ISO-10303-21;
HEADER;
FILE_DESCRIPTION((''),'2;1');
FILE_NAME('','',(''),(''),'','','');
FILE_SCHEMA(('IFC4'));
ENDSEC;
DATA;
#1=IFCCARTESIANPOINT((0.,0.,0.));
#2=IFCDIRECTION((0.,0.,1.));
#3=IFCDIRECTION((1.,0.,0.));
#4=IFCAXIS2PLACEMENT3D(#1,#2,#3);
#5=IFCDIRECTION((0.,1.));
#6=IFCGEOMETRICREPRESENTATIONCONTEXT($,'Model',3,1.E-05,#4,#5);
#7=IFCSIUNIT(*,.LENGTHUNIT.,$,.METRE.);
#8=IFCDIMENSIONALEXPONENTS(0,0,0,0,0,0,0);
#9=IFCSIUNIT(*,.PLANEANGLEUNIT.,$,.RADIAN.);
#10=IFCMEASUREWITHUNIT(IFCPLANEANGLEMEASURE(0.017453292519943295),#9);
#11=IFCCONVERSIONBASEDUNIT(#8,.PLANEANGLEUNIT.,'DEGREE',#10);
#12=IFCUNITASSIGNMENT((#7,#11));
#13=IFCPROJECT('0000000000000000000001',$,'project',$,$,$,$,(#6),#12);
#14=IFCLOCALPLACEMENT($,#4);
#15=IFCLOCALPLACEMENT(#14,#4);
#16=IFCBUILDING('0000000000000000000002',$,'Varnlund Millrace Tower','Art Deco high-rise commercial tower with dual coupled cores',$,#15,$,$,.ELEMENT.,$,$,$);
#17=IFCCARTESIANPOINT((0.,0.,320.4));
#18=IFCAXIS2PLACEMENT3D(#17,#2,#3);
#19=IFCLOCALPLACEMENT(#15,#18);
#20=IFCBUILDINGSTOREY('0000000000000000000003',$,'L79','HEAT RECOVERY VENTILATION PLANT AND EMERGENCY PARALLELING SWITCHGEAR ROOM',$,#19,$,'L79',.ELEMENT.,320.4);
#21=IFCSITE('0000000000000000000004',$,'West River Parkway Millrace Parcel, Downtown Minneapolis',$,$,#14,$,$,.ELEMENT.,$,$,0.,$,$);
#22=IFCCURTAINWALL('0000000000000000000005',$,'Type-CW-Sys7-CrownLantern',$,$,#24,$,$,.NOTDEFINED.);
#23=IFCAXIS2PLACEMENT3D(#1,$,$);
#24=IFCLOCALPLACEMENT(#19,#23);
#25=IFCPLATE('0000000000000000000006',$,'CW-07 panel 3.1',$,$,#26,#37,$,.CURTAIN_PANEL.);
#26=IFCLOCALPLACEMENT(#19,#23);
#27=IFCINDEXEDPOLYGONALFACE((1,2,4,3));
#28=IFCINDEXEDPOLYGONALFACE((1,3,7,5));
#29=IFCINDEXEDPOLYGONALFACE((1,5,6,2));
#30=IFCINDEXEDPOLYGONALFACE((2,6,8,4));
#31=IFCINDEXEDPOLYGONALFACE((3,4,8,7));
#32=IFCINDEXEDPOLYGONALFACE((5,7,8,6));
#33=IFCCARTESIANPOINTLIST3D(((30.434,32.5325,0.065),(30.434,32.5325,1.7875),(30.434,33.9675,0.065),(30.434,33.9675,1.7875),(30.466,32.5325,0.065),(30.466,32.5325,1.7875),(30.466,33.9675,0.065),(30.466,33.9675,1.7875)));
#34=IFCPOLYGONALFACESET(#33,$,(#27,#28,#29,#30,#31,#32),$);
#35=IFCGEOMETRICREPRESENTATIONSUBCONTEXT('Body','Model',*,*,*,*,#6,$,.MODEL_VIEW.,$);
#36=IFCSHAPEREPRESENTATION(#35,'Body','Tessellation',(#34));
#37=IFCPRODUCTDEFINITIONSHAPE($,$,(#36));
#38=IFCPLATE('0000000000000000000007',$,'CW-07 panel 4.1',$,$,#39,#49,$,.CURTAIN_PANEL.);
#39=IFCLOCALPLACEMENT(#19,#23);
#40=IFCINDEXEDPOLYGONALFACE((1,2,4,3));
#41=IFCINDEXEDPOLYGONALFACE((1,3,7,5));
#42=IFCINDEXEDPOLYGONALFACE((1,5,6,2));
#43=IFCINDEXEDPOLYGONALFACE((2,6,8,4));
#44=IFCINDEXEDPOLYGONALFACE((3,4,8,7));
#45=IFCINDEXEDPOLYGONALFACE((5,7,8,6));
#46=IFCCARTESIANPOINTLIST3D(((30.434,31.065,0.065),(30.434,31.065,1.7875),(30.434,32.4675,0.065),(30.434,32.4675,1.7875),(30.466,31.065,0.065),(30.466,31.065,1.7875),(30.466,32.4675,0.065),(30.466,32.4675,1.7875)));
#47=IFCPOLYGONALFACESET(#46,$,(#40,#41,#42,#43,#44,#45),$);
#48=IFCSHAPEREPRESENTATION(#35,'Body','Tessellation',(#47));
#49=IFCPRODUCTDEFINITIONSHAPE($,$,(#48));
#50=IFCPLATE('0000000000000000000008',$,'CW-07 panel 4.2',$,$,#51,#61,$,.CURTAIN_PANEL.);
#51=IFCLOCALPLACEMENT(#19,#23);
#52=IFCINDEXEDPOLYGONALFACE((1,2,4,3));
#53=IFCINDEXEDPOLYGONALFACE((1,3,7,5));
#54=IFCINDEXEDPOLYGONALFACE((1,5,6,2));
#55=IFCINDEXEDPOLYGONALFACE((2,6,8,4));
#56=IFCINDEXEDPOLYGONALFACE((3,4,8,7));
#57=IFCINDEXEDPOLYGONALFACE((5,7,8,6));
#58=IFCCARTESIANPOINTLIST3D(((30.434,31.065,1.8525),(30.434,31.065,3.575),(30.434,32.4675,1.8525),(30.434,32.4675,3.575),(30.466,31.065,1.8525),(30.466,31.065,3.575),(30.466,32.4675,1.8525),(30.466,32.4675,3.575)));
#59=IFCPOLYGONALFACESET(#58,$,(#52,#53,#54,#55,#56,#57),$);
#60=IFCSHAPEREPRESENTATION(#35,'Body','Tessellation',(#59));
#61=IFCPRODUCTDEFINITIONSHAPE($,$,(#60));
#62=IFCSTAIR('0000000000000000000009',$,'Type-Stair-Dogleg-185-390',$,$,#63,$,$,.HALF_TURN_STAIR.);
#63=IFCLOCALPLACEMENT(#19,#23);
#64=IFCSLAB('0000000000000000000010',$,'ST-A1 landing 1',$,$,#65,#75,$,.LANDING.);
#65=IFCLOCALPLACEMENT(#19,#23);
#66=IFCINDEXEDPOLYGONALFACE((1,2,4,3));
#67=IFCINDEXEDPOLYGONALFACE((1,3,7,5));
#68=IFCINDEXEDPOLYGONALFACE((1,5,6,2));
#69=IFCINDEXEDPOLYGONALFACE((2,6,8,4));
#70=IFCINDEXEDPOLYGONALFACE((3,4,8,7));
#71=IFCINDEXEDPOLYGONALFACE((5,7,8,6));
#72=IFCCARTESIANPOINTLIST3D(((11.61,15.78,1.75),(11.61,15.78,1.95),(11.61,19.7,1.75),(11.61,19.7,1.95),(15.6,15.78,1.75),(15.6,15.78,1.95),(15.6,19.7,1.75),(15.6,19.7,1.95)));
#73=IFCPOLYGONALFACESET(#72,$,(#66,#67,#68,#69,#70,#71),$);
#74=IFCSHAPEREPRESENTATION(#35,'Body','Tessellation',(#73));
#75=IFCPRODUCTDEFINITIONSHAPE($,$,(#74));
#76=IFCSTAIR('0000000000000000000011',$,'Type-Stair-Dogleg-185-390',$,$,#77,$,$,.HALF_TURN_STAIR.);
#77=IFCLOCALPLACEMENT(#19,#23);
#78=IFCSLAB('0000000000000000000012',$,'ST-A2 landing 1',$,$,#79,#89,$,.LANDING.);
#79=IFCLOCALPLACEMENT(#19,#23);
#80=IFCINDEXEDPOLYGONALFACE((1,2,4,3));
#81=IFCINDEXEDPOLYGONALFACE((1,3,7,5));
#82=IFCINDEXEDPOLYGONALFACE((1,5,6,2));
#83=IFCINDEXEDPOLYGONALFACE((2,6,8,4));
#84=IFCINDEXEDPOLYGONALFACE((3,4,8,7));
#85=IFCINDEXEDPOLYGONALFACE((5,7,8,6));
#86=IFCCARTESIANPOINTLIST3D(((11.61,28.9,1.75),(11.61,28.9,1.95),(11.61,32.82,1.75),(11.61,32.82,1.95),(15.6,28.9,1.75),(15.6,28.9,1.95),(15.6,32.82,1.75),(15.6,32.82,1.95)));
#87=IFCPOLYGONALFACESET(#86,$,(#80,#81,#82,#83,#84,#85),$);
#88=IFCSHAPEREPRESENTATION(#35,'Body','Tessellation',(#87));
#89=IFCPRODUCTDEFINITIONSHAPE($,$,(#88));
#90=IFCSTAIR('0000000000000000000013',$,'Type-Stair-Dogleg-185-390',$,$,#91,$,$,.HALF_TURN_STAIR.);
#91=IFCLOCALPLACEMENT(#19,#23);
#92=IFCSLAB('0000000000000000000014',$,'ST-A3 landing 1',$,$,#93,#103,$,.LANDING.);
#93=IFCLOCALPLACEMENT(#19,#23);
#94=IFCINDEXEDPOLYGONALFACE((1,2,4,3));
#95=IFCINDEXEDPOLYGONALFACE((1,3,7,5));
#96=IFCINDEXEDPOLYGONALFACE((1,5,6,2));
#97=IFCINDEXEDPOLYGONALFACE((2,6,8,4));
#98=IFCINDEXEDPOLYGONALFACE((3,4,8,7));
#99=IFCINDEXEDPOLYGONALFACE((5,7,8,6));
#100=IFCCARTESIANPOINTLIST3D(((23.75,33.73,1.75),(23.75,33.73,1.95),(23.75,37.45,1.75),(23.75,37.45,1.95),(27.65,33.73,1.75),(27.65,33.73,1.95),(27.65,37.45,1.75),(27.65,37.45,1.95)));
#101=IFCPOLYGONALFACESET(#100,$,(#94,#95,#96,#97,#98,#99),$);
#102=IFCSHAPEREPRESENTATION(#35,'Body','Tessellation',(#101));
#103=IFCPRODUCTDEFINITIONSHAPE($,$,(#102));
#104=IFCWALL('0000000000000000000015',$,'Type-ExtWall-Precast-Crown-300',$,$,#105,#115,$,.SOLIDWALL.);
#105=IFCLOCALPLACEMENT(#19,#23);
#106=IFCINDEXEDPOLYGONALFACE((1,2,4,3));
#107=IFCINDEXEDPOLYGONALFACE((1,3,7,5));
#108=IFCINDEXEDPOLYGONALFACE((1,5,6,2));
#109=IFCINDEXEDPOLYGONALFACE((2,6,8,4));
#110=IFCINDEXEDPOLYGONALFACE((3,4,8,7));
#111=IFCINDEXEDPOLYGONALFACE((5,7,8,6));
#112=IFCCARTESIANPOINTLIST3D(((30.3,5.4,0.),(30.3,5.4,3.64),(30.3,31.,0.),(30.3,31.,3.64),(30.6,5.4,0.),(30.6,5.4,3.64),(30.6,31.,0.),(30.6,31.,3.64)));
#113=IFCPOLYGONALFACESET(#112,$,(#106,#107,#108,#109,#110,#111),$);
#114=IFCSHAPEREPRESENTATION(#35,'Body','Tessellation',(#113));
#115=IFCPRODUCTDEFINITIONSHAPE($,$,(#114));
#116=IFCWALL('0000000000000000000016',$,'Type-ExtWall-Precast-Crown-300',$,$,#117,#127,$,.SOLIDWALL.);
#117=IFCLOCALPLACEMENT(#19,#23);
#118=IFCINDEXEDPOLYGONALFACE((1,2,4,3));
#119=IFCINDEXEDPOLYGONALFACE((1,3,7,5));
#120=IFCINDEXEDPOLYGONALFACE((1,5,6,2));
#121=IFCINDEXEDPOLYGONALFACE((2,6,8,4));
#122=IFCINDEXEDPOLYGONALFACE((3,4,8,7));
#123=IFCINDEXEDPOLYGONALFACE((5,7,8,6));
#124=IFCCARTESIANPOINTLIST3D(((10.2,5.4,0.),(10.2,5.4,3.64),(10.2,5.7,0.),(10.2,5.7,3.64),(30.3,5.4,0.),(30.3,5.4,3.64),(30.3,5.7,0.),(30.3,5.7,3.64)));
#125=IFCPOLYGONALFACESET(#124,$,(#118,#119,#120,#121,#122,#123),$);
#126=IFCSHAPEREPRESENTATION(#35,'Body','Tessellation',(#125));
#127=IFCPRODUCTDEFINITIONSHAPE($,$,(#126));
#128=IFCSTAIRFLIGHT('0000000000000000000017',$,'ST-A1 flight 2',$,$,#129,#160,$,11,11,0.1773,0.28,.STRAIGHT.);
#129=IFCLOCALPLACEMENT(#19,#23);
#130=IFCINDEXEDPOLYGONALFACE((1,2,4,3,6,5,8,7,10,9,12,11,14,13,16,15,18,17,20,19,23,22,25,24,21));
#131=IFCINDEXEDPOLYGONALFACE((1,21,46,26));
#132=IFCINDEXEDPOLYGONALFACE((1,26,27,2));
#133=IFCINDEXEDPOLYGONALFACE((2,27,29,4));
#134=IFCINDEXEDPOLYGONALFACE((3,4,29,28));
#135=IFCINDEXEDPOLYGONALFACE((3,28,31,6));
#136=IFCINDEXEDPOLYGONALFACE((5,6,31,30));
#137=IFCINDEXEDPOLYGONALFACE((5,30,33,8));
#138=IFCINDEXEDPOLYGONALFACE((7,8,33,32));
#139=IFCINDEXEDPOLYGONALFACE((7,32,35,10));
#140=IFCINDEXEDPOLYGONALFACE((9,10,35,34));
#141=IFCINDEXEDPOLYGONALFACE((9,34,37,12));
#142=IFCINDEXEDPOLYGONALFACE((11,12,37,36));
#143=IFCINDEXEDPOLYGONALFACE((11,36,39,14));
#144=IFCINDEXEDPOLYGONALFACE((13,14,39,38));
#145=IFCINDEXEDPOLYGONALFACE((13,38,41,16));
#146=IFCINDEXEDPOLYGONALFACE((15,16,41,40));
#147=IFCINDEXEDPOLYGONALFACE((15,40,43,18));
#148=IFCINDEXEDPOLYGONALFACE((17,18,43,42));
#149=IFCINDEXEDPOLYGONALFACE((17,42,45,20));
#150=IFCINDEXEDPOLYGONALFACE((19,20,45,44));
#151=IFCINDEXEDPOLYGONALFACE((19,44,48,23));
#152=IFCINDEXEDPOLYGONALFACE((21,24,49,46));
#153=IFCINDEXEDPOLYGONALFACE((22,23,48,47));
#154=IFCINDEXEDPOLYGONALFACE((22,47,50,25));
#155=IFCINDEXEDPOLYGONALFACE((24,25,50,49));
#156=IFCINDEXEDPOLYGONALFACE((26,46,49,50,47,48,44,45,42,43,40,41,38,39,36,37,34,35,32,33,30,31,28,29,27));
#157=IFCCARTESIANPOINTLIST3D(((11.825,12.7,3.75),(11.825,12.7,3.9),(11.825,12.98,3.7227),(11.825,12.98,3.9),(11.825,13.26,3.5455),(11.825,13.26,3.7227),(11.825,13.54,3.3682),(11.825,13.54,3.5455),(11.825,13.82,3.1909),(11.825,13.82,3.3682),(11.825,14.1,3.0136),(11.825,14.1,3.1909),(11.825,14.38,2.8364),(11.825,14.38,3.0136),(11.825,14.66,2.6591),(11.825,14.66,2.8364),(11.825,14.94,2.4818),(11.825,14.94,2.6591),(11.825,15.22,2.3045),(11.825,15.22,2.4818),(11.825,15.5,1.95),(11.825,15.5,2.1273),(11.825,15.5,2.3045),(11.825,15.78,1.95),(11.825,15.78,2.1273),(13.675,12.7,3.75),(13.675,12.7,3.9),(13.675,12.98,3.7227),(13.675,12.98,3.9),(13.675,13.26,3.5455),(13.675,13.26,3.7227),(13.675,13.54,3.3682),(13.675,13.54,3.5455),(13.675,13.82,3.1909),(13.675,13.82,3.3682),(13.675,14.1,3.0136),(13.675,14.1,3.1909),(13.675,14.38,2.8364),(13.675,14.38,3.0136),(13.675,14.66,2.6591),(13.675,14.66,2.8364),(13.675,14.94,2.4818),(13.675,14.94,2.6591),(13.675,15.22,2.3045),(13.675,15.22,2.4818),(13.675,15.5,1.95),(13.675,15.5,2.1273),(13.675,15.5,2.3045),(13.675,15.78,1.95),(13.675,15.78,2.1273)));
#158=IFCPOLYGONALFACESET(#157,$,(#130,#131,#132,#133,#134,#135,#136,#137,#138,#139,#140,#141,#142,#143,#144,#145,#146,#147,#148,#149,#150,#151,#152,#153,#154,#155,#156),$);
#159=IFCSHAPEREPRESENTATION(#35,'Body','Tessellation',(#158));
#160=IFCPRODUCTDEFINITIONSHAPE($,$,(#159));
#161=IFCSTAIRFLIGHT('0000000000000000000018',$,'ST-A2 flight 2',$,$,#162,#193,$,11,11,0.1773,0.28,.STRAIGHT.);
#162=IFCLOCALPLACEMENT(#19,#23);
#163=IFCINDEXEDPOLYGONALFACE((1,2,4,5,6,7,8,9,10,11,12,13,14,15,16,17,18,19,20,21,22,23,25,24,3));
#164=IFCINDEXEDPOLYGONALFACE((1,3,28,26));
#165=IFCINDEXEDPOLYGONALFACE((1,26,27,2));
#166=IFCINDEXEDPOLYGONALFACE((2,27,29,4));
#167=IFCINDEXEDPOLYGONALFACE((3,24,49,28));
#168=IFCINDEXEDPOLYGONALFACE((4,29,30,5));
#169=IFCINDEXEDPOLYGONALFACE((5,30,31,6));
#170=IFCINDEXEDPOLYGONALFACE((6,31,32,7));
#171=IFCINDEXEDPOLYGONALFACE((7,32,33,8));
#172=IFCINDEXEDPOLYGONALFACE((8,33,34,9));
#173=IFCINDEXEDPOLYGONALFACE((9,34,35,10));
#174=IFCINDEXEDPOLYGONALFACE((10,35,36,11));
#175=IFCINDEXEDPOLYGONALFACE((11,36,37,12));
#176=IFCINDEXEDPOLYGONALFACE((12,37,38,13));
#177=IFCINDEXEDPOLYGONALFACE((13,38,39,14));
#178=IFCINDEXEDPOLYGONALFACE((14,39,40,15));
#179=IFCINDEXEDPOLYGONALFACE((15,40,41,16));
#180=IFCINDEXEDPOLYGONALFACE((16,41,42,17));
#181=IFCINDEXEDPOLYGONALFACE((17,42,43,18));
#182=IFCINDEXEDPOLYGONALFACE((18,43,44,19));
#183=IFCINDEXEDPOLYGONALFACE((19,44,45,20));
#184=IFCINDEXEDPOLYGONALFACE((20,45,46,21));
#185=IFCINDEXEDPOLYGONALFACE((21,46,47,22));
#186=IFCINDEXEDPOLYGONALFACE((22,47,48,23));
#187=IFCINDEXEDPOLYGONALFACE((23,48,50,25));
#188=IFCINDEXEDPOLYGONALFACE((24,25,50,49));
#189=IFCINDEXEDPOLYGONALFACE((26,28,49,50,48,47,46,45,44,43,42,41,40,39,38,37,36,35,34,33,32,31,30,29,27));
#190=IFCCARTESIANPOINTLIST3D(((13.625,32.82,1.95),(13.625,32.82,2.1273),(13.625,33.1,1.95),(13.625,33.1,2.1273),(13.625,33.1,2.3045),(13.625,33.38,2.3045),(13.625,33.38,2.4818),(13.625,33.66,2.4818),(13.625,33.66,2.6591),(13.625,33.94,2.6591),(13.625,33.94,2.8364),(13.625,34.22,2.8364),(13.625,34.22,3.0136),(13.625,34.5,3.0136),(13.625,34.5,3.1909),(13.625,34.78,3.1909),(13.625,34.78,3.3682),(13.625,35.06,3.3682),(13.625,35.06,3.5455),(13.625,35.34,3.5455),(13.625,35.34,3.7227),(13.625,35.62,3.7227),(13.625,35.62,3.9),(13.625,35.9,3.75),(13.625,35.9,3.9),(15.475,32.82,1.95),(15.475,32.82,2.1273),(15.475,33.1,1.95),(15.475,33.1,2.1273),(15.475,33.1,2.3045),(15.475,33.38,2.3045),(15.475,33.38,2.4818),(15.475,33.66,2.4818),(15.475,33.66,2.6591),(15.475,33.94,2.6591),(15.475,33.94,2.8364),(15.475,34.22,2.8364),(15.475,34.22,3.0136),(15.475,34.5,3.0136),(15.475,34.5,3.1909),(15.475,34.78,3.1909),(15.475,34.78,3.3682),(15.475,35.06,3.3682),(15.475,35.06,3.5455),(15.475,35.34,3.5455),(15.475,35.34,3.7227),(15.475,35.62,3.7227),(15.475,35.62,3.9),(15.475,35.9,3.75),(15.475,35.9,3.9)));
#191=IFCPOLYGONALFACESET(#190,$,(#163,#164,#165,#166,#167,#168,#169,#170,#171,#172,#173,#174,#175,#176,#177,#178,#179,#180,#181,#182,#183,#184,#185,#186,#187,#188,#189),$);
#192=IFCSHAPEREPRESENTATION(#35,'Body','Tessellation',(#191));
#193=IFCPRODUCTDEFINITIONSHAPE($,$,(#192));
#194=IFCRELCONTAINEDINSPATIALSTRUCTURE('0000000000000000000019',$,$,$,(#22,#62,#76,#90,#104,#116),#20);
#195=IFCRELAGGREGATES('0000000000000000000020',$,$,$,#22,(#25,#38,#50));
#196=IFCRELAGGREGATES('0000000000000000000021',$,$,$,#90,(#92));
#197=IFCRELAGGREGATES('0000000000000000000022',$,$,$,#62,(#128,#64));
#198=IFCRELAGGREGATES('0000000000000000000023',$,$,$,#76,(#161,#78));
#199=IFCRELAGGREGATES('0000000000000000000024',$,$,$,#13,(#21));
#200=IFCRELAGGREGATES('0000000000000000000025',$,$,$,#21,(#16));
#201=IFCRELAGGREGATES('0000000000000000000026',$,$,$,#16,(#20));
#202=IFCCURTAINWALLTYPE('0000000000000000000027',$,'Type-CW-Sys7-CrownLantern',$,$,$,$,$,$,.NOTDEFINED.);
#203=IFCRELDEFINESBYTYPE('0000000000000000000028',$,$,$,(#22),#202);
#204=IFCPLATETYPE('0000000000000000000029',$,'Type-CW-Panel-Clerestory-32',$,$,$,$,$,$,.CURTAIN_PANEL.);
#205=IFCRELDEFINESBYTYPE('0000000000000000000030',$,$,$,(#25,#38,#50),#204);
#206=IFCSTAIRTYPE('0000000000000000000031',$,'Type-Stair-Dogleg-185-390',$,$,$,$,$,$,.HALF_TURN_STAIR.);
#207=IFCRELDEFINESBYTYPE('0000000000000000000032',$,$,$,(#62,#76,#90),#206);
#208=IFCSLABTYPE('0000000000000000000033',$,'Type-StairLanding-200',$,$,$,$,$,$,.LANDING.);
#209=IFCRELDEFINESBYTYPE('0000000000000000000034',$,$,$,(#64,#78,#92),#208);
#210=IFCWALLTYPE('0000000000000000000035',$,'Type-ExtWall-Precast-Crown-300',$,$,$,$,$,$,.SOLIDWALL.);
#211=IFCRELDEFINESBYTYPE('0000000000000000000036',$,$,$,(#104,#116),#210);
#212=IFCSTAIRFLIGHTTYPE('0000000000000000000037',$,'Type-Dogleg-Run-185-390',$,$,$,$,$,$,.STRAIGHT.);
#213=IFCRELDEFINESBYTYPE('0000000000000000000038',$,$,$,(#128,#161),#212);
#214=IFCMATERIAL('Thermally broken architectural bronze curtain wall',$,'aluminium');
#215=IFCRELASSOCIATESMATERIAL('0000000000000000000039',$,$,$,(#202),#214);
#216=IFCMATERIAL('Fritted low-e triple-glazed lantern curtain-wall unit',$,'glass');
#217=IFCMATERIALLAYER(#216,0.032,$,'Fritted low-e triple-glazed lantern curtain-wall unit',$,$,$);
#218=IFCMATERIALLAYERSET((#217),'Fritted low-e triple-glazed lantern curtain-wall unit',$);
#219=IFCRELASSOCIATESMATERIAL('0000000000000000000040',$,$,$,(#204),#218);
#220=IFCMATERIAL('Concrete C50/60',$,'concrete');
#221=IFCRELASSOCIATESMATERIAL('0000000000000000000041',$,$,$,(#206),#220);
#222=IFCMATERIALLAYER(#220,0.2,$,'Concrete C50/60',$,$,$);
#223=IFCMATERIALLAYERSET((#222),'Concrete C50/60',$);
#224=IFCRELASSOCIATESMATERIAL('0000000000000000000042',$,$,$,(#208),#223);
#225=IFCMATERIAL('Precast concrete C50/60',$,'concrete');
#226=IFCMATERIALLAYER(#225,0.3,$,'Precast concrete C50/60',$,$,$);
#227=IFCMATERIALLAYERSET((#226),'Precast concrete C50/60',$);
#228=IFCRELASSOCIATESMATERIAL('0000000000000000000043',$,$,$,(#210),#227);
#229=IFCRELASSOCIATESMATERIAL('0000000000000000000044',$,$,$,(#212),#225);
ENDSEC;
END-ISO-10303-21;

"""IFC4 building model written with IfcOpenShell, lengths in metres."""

from ifc_helpers import new_model, entity, si_unit, converted_unit, direction, frame, origin_with_axes, origin_2d_with_axis, place, context, subcontext, project, spatial, polyline, rectangle, outline, extrude, material, layer, layer_set, type_object, element, aggregate, save


model = new_model("IFC4")

# Units and contexts
model_context = context("Model", 3, precision=1e-05, world=origin_with_axes(), true_north=direction((0.0, 1.0)))
body_context = subcontext(model_context, "Body", "Model", "MODEL_VIEW")
ifc_project = project(units=[si_unit("LENGTHUNIT", "METRE"), converted_unit("PLANEANGLEUNIT", "DEGREE", entity("IfcPlaneAngleMeasure", 0.017453292519943295), si_unit("PLANEANGLEUNIT", "RADIAN"), dimensions=[0, 0, 0, 0, 0, 0, 0])], contexts=[model_context])

# Site, building, storey
site_placement = place(None, origin_with_axes())
site = spatial("IfcSite", under=ifc_project, at=site_placement, Name="West River Parkway Millrace Parcel, Downtown Minneapolis", CompositionType="ELEMENT", RefElevation=0.0)
building_placement = place(site_placement, origin_with_axes())
building = spatial("IfcBuilding", under=site, at=building_placement, Name="Varnlund Millrace Tower", Description="Art Deco high-rise commercial tower with dual coupled cores", CompositionType="ELEMENT")
storey_placement = place(building_placement, frame((0.0, 0.0, 320.4), z_axis=(0.0, 0.0, 1.0), x_axis=(1.0, 0.0, 0.0)))
storey = spatial("IfcBuildingStorey", under=building, at=storey_placement, Name="L79", Description="HEAT RECOVERY VENTILATION PLANT AND EMERGENCY PARALLELING SWITCHGEAR ROOM", LongName="L79", CompositionType="ELEMENT", Elevation=320.4)

# Curtain wall
ifc_material_1 = material(Name="Thermally broken architectural bronze curtain wall", Category="aluminium")
curtain_wall_type = type_object("IfcCurtainWallType", Name="Type-CW-Sys7-CrownLantern", PredefinedType="NOTDEFINED", material=ifc_material_1)
curtain_wall_placement = place(storey_placement, frame((30.45, 37.0, 0.0), z_axis=(0.0, 0.0, 1.0), x_axis=(1.0, 0.0, 0.0)))
curtain_wall = element("IfcCurtainWall", 1, at=curtain_wall_placement, inside=storey, type_object=curtain_wall_type, Name="Type-CW-Sys7-CrownLantern", PredefinedType="NOTDEFINED")

# Plates
ifc_material_2 = material(Name="Fritted low-e triple-glazed lantern curtain-wall unit", Category="glass")
ifc_layer_1 = layer(ifc_material_2, 0.032, Name="Fritted low-e triple-glazed lantern curtain-wall unit")
ifc_layer_set_1 = layer_set([ifc_layer_1], Name="Fritted low-e triple-glazed lantern curtain-wall unit")
plate_type = type_object("IfcPlateType", Name="Type-CW-Panel-Clerestory-32", PredefinedType="CURTAIN_PANEL", material=ifc_layer_set_1)
plate_1_placement = place(storey_placement, frame((30.45, 33.25, 0.065), z_axis=(0.0, 0.0, 1.0), x_axis=(0.0, -1.0, 0.0)))
plate_1 = element("IfcPlate", 2, at=plate_1_placement, type_object=plate_type, Name="CW-07 panel 3.1", PredefinedType="CURTAIN_PANEL", context=body_context, shape_type="SweptSolid", body=[
    extrude(rectangle(XDim=1.435, YDim=0.032, at=origin_2d_with_axis()), origin_with_axes(), (0.0, 0.0, 1.0), 1.7225),
])
plate_2_placement = place(storey_placement, frame((30.45, 31.7662, 0.065), z_axis=(0.0, 0.0, 1.0), x_axis=(0.0, -1.0, 0.0)))
plate_2 = element("IfcPlate", 3, at=plate_2_placement, type_object=plate_type, Name="CW-07 panel 4.1", PredefinedType="CURTAIN_PANEL", context=body_context, shape_type="SweptSolid", body=[
    extrude(rectangle(XDim=1.4025, YDim=0.032, at=origin_2d_with_axis()), origin_with_axes(), (0.0, 0.0, 1.0), 1.7225),
])
plate_3_placement = place(storey_placement, frame((30.45, 31.7662, 1.8525), z_axis=(0.0, 0.0, 1.0), x_axis=(0.0, -1.0, 0.0)))
plate_3 = element("IfcPlate", 4, at=plate_3_placement, type_object=plate_type, Name="CW-07 panel 4.2", PredefinedType="CURTAIN_PANEL", context=body_context, shape_type="SweptSolid", body=[
    extrude(rectangle(XDim=1.4025, YDim=0.032, at=origin_2d_with_axis()), origin_with_axes(), (0.0, 0.0, 1.0), 1.7225),
])
aggregate(curtain_wall, [plate_1, plate_2, plate_3])

# Stairs, slabs
ifc_material_3 = material(Name="Concrete C50/60", Category="concrete")
stair_type = type_object("IfcStairType", Name="Type-Stair-Dogleg-185-390", PredefinedType="HALF_TURN_STAIR", material=ifc_material_3)
stair_1_placement = place(storey_placement, origin_with_axes())
stair_1 = element("IfcStair", 5, at=stair_1_placement, inside=storey, type_object=stair_type, Name="Type-Stair-Dogleg-185-390", PredefinedType="HALF_TURN_STAIR")
ifc_layer_2 = layer(ifc_material_3, 0.2, Name="Concrete C50/60")
ifc_layer_set_2 = layer_set([ifc_layer_2], Name="Concrete C50/60")
slab_type = type_object("IfcSlabType", Name="Type-StairLanding-200", PredefinedType="LANDING", material=ifc_layer_set_2)
slab_1_placement = place(storey_placement, frame((0.0, 0.0, 1.75), z_axis=(0.0, 0.0, 1.0), x_axis=(1.0, 0.0, 0.0)))
slab_1 = element("IfcSlab", 6, at=slab_1_placement, type_object=slab_type, Name="ST-A1 landing 1", PredefinedType="LANDING", context=body_context, shape_type="SweptSolid", body=[
    extrude(outline(polyline([(15.6, 15.78), (15.6, 19.7), (11.61, 19.7), (11.61, 15.78), (15.6, 15.78)])), origin_with_axes(), (0.0, 0.0, 1.0), 0.2),
])
stair_2_placement = place(storey_placement, origin_with_axes())
stair_2 = element("IfcStair", 7, at=stair_2_placement, inside=storey, type_object=stair_type, Name="Type-Stair-Dogleg-185-390", PredefinedType="HALF_TURN_STAIR")
slab_2_placement = place(storey_placement, frame((0.0, 0.0, 1.75), z_axis=(0.0, 0.0, 1.0), x_axis=(1.0, 0.0, 0.0)))
slab_2 = element("IfcSlab", 8, at=slab_2_placement, type_object=slab_type, Name="ST-A2 landing 1", PredefinedType="LANDING", context=body_context, shape_type="SweptSolid", body=[
    extrude(outline(polyline([(11.61, 32.82), (11.61, 28.9), (15.6, 28.9), (15.6, 32.82), (11.61, 32.82)])), origin_with_axes(), (0.0, 0.0, 1.0), 0.2),
])
stair_3_placement = place(storey_placement, origin_with_axes())
stair_3 = element("IfcStair", 9, at=stair_3_placement, inside=storey, type_object=stair_type, Name="Type-Stair-Dogleg-185-390", PredefinedType="HALF_TURN_STAIR")
slab_3_placement = place(storey_placement, frame((0.0, 0.0, 1.75), z_axis=(0.0, 0.0, 1.0), x_axis=(1.0, 0.0, 0.0)))
slab_3 = element("IfcSlab", 10, at=slab_3_placement, type_object=slab_type, Name="ST-A3 landing 1", PredefinedType="LANDING", context=body_context, shape_type="SweptSolid", body=[
    extrude(outline(polyline([(27.65, 33.73), (27.65, 37.45), (23.75, 37.45), (23.75, 33.73), (27.65, 33.73)])), origin_with_axes(), (0.0, 0.0, 1.0), 0.2),
])
aggregate(stair_3, [slab_3])

# Walls
ifc_material_4 = material(Name="Precast concrete C50/60", Category="concrete")
ifc_layer_3 = layer(ifc_material_4, 0.3, Name="Precast concrete C50/60")
ifc_layer_set_3 = layer_set([ifc_layer_3], Name="Precast concrete C50/60")
wall_type = type_object("IfcWallType", Name="Type-ExtWall-Precast-Crown-300", PredefinedType="SOLIDWALL", material=ifc_layer_set_3)
wall_1_placement = place(storey_placement, frame((30.45, 31.0, 0.0), z_axis=(0.0, 0.0, 1.0), x_axis=(0.0, -1.0, 0.0)))
element("IfcWall", 11, at=wall_1_placement, inside=storey, type_object=wall_type, Name="Type-ExtWall-Precast-Crown-300", PredefinedType="SOLIDWALL", context=body_context, shape_type="SweptSolid", body=[
    extrude(outline(polyline([(0.0, -0.15), (25.6, -0.15), (25.6, 0.15), (0.0, 0.15), (0.0, -0.15)])), origin_with_axes(), (0.0, 0.0, 1.0), 3.64),
])
wall_2_placement = place(storey_placement, frame((30.3, 5.55, 0.0), z_axis=(0.0, 0.0, 1.0), x_axis=(-1.0, 0.0, 0.0)))
element("IfcWall", 12, at=wall_2_placement, inside=storey, type_object=wall_type, Name="Type-ExtWall-Precast-Crown-300", PredefinedType="SOLIDWALL", context=body_context, shape_type="SweptSolid", body=[
    extrude(outline(polyline([(0.0, -0.15), (20.1, -0.15), (20.1, 0.15), (0.0, 0.15), (0.0, -0.15)])), origin_with_axes(), (0.0, 0.0, 1.0), 3.64),
])

# Stair flights
stair_flight_type = type_object("IfcStairFlightType", Name="Type-Dogleg-Run-185-390", PredefinedType="STRAIGHT", material=ifc_material_4)
stair_flight_1_placement = place(storey_placement, frame((13.675, 15.78, 1.95), z_axis=(-1.0, 0.0, 0.0), x_axis=(0.0, -1.0, 0.0)))
stair_flight_1 = element("IfcStairFlight", 13, at=stair_flight_1_placement, type_object=stair_flight_type, Name="ST-A1 flight 2", NumberOfRisers=11, NumberOfTreads=11, PredefinedType="STRAIGHT", RiserHeight=0.1773, TreadLength=0.28, context=body_context, shape_type="SweptSolid", body=[
    extrude(outline(polyline([(0.0, 0.0), (0.0, 0.1773), (0.28, 0.1773), (0.28, 0.3545), (0.56, 0.3545), (0.56, 0.5318), (0.84, 0.5318), (0.84, 0.7091), (1.12, 0.7091), (1.12, 0.8864), (1.4, 0.8864), (1.4, 1.0636), (1.68, 1.0636), (1.68, 1.2409), (1.96, 1.2409), (1.96, 1.4182), (2.24, 1.4182), (2.24, 1.5955), (2.52, 1.5955), (2.52, 1.7727), (2.8, 1.7727), (2.8, 1.95), (3.08, 1.95), (3.08, 1.8), (0.28, 0.0), (0.0, 0.0)])), origin_with_axes(), (0.0, 0.0, 1.0), 1.85),
])
aggregate(stair_1, [stair_flight_1, slab_1])
stair_flight_2_placement = place(storey_placement, frame((13.625, 32.82, 1.95), z_axis=(1.0, 0.0, 0.0), x_axis=(0.0, 1.0, 0.0)))
stair_flight_2 = element("IfcStairFlight", 14, at=stair_flight_2_placement, type_object=stair_flight_type, Name="ST-A2 flight 2", NumberOfRisers=11, NumberOfTreads=11, PredefinedType="STRAIGHT", RiserHeight=0.1773, TreadLength=0.28, context=body_context, shape_type="SweptSolid", body=[
    extrude(outline(polyline([(0.0, 0.0), (0.0, 0.1773), (0.28, 0.1773), (0.28, 0.3545), (0.56, 0.3545), (0.56, 0.5318), (0.84, 0.5318), (0.84, 0.7091), (1.12, 0.7091), (1.12, 0.8864), (1.4, 0.8864), (1.4, 1.0636), (1.68, 1.0636), (1.68, 1.2409), (1.96, 1.2409), (1.96, 1.4182), (2.24, 1.4182), (2.24, 1.5955), (2.52, 1.5955), (2.52, 1.7727), (2.8, 1.7727), (2.8, 1.95), (3.08, 1.95), (3.08, 1.8), (0.28, 0.0), (0.0, 0.0)])), origin_with_axes(), (0.0, 0.0, 1.0), 1.85),
])
aggregate(stair_2, [stair_flight_2, slab_2])

save(model, "model.ifc")
